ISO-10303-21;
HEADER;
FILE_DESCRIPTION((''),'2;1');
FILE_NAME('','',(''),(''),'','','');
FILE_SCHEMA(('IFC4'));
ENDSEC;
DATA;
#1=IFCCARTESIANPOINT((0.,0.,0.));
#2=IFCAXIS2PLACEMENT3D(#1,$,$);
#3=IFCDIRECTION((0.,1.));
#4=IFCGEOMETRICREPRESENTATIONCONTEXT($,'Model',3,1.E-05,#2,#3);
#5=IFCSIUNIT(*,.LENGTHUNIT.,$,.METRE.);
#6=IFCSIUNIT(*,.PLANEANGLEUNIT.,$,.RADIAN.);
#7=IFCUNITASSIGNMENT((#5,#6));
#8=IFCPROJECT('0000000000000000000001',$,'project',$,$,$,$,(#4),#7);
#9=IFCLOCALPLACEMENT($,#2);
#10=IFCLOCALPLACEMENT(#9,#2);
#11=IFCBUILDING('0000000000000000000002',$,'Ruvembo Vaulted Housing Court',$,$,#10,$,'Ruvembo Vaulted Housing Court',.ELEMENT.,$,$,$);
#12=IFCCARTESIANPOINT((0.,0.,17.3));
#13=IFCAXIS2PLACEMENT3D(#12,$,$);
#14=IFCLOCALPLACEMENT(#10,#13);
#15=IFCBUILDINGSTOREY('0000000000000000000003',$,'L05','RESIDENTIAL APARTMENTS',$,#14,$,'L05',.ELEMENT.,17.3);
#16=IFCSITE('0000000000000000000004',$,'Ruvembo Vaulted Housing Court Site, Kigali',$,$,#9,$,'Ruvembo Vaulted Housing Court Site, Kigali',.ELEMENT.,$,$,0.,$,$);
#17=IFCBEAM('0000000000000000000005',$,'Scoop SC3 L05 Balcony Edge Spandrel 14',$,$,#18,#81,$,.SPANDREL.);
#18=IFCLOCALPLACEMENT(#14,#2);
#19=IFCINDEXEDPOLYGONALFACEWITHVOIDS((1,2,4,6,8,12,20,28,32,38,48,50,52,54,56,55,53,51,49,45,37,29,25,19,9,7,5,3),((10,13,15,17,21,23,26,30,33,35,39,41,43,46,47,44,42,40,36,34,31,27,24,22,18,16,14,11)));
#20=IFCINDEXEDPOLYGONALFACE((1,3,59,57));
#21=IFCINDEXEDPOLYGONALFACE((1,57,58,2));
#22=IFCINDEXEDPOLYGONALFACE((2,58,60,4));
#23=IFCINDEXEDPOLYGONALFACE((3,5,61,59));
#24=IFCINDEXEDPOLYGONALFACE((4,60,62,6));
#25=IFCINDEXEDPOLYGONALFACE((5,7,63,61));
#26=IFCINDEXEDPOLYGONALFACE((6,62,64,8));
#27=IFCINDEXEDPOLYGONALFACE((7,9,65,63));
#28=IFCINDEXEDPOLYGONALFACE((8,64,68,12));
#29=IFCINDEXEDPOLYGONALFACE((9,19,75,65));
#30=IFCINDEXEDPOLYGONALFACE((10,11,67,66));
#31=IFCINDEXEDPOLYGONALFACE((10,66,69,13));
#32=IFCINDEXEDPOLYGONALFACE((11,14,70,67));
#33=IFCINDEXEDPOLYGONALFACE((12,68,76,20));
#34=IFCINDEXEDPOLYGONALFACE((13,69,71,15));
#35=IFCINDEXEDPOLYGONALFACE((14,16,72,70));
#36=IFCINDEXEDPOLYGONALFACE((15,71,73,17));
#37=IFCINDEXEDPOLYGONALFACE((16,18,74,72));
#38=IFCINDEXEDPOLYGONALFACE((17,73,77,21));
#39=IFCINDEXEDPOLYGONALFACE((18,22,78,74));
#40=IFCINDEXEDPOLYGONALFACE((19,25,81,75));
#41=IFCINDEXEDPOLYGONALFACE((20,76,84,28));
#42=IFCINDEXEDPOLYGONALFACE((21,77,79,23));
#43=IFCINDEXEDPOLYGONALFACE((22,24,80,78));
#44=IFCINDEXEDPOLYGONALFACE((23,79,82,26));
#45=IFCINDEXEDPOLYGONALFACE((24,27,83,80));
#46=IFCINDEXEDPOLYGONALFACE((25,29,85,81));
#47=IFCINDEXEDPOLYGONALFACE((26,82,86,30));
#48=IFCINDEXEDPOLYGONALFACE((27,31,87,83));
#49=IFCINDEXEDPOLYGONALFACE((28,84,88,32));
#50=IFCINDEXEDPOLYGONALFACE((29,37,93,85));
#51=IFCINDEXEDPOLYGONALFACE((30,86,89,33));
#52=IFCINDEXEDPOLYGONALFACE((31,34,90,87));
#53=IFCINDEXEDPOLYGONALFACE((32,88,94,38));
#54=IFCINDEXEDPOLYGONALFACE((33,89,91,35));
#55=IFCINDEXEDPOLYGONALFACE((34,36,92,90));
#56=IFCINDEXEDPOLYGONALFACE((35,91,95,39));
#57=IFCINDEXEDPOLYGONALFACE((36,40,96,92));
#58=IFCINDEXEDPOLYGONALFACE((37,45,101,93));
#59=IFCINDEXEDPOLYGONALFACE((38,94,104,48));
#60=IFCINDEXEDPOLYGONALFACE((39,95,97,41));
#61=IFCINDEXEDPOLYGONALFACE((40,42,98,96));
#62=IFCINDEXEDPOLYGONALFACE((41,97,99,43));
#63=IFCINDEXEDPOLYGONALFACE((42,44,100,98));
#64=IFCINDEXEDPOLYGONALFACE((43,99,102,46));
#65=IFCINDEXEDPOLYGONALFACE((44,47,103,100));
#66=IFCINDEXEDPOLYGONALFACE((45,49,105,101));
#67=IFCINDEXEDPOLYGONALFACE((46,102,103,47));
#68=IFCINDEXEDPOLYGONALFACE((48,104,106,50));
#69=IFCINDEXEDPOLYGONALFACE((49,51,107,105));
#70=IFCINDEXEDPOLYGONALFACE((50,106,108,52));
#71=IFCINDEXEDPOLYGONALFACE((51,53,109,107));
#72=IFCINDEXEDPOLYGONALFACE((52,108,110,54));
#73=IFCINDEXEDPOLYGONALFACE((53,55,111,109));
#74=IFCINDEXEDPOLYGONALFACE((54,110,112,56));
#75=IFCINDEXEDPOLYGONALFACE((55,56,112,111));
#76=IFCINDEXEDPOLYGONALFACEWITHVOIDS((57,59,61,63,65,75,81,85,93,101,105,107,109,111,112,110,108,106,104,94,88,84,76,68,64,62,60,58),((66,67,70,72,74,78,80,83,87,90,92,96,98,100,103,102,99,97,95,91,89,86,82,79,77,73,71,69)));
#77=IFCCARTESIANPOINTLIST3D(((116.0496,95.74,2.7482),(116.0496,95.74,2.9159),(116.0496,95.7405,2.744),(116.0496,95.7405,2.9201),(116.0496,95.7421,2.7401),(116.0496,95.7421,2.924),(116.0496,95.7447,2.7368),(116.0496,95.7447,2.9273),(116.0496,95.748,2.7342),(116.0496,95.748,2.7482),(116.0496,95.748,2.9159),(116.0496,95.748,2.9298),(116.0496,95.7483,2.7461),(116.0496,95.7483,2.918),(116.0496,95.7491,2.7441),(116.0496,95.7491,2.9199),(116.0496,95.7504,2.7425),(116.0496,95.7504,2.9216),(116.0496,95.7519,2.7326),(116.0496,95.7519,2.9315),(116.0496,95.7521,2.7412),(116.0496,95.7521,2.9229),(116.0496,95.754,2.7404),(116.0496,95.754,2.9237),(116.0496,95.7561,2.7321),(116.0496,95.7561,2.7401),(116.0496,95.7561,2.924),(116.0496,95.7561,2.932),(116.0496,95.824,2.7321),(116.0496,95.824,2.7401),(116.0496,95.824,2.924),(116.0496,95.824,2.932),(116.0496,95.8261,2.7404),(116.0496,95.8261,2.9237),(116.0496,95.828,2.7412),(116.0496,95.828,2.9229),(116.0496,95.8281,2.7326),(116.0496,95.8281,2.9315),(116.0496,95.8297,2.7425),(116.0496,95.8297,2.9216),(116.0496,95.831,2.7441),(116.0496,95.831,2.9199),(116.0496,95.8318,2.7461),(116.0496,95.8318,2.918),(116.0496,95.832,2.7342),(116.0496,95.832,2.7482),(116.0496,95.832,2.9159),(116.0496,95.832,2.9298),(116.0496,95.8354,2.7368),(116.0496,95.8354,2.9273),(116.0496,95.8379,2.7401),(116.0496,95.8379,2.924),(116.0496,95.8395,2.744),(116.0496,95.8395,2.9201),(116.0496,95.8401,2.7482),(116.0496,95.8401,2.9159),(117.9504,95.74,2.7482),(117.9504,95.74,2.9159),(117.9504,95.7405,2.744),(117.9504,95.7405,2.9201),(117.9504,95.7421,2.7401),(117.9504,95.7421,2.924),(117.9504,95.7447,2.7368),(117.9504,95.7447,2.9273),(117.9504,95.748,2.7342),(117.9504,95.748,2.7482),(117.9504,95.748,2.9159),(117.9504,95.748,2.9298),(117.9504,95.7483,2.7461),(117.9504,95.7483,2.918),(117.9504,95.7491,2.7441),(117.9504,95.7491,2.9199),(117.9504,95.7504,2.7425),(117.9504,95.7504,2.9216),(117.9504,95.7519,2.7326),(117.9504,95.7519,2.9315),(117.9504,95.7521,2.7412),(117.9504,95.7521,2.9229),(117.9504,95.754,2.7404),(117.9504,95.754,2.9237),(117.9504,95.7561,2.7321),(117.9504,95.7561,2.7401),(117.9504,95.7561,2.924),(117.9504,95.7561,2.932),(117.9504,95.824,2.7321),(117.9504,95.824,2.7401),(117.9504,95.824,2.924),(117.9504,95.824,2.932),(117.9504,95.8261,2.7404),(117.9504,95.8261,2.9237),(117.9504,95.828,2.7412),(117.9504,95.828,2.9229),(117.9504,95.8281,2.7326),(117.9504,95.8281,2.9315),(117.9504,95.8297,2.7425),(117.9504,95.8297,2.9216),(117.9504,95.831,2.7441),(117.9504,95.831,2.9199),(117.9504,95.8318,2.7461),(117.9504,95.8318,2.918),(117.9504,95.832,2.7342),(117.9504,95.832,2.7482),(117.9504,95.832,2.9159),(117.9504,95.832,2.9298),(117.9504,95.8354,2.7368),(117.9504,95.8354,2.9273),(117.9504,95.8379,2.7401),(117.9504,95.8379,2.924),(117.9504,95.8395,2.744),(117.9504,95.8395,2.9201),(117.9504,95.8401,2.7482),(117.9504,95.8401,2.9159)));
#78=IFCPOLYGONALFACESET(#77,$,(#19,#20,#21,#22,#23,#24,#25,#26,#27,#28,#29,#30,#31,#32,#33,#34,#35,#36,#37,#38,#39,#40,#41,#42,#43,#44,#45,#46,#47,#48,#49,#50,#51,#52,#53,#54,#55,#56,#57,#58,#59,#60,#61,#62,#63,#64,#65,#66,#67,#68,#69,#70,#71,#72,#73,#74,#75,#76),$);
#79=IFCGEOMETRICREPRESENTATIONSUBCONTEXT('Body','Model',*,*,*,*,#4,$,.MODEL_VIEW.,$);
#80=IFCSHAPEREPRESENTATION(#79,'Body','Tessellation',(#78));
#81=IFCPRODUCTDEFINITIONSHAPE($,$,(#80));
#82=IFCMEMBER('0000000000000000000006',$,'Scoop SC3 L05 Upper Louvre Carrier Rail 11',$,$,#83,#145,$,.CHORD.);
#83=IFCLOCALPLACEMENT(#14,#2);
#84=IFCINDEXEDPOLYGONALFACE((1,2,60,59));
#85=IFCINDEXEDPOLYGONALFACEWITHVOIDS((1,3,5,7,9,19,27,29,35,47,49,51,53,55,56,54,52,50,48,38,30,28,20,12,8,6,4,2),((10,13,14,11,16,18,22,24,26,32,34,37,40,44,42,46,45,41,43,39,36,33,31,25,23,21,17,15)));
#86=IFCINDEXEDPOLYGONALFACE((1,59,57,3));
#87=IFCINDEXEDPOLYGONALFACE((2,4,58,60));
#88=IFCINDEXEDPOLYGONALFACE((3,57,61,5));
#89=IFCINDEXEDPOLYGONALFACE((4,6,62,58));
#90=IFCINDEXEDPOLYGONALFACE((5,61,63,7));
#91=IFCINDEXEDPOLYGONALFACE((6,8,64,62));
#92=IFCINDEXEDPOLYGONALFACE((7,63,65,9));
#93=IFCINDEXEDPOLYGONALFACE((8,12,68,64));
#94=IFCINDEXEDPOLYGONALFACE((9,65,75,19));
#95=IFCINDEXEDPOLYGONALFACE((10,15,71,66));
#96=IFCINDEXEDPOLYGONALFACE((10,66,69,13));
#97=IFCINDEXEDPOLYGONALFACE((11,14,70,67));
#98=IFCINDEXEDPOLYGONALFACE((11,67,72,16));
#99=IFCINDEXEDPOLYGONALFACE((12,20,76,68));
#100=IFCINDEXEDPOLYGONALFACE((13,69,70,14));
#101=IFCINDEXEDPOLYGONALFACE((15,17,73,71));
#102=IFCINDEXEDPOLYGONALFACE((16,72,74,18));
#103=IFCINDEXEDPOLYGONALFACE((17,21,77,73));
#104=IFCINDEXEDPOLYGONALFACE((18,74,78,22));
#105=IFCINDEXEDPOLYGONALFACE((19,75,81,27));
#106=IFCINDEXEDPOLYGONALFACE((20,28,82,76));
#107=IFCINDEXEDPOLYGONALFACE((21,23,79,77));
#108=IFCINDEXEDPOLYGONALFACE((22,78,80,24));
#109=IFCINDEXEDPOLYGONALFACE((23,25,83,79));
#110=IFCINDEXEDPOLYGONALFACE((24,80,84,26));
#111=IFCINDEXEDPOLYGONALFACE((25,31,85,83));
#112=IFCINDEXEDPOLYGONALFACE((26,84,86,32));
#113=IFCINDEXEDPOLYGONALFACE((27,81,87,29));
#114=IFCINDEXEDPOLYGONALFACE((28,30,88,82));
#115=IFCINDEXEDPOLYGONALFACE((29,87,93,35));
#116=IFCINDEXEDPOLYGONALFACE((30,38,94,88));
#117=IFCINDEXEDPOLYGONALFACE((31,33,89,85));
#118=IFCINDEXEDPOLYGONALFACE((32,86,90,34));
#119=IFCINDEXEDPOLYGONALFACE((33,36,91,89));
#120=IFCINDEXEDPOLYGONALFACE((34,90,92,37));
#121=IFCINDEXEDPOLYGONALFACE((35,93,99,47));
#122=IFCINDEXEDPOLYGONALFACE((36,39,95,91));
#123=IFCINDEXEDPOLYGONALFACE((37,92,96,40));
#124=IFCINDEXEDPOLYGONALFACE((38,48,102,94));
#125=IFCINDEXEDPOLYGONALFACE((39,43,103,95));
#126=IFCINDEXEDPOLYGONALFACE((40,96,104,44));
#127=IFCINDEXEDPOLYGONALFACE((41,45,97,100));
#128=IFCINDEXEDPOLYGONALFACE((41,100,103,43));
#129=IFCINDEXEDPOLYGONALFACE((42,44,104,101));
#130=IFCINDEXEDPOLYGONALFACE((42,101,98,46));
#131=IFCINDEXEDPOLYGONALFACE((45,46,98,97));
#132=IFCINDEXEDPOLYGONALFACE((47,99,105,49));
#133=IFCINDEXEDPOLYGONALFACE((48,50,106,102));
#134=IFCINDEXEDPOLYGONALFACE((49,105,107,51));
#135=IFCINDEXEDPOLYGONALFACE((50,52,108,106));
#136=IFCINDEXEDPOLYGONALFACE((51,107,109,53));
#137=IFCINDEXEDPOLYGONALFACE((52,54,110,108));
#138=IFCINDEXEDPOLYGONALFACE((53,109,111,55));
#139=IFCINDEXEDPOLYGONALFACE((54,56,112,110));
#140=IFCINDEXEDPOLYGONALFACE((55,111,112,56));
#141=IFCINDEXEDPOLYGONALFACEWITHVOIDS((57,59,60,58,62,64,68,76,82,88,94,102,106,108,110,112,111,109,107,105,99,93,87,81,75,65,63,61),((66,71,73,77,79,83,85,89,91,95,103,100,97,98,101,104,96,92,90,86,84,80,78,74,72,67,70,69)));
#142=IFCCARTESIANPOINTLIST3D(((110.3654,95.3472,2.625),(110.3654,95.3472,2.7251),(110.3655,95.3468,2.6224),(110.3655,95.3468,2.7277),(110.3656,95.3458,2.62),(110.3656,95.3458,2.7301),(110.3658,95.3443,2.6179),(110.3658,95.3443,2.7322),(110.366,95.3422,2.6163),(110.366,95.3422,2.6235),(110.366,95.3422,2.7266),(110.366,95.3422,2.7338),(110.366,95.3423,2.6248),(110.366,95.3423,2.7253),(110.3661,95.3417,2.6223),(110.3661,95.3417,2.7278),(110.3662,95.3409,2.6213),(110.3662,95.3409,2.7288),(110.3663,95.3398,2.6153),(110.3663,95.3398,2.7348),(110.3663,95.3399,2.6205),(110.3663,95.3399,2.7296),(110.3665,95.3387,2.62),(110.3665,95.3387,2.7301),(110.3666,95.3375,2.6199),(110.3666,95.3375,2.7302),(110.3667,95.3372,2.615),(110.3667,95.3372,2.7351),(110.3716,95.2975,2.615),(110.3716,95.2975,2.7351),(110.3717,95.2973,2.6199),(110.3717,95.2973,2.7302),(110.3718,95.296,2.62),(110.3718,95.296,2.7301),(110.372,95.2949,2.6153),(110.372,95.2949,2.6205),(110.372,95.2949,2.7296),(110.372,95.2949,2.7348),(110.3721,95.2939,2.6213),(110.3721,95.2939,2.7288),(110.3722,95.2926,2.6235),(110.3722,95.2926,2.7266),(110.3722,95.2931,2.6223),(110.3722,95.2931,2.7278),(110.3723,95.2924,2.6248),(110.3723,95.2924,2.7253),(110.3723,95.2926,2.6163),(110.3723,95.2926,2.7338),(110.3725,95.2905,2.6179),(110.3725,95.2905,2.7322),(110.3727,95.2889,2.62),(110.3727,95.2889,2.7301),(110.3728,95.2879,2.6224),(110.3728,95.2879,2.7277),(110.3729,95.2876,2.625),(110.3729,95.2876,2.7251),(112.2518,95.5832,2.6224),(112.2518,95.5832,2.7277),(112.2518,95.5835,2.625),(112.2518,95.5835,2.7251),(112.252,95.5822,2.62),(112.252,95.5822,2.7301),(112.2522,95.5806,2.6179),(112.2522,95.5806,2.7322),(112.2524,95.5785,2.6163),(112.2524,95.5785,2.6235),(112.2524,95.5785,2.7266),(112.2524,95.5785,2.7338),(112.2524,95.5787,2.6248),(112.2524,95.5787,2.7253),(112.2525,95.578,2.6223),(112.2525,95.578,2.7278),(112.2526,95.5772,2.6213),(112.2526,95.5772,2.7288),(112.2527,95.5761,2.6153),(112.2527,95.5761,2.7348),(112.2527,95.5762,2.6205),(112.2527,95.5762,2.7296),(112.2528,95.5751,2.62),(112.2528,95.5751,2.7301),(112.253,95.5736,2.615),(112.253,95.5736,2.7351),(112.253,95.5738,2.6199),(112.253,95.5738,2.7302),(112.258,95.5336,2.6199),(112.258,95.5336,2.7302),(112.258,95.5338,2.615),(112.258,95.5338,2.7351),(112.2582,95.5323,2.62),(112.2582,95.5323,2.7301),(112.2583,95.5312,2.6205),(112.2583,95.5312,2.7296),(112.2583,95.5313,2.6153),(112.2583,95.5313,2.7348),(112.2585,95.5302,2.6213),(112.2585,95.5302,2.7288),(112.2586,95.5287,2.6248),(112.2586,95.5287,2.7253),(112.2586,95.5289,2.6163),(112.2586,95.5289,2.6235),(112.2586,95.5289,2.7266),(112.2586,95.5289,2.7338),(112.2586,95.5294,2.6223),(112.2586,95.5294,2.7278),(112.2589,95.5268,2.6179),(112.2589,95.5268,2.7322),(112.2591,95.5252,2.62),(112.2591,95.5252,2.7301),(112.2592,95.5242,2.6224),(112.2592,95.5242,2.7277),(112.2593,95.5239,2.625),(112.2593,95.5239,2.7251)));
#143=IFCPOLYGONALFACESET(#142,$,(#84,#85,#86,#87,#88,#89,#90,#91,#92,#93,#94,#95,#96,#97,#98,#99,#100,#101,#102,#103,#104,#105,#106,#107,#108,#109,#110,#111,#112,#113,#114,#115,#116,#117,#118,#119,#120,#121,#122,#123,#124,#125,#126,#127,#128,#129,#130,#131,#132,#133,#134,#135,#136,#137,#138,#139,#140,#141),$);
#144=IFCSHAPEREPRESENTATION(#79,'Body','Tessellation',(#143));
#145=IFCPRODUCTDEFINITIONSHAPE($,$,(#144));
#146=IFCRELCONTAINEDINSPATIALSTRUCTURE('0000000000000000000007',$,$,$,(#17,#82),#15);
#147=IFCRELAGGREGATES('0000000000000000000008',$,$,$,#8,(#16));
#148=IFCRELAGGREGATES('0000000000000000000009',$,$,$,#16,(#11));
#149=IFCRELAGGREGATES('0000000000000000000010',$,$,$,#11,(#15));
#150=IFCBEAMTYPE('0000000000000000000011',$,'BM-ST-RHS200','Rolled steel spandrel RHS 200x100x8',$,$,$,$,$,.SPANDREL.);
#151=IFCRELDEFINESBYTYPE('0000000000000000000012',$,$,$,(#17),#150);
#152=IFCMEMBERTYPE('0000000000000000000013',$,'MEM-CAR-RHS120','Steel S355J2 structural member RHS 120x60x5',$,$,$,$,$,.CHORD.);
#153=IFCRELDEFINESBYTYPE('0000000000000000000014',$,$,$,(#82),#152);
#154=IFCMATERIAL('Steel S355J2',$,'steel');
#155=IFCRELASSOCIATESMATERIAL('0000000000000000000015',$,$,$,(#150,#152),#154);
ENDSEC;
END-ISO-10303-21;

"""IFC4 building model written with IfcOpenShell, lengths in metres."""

from ifc_helpers import new_model, si_unit, direction, frame, origin, origin_2d, place, context, subcontext, project, spatial, hollow_rectangle, extrude, material, material_profile, profile_set, type_object, element, save


model = new_model("IFC4")

# Units and contexts
model_context = context("Model", 3, precision=1e-05, world=origin(), true_north=direction((0.0, 1.0)))
body_context = subcontext(model_context, "Body", "Model", "MODEL_VIEW")
ifc_project = project(units=[si_unit("LENGTHUNIT", "METRE"), si_unit("PLANEANGLEUNIT", "RADIAN")], contexts=[model_context])

# Site, building, storey
site_placement = place(None, origin())
site = spatial("IfcSite", under=ifc_project, at=site_placement, Name="Ruvembo Vaulted Housing Court Site, Kigali", LongName="Ruvembo Vaulted Housing Court Site, Kigali", CompositionType="ELEMENT", RefElevation=0.0)
building_placement = place(site_placement, origin())
building = spatial("IfcBuilding", under=site, at=building_placement, Name="Ruvembo Vaulted Housing Court", LongName="Ruvembo Vaulted Housing Court", CompositionType="ELEMENT")
storey_placement = place(building_placement, frame((0.0, 0.0, 17.3)))
storey = spatial("IfcBuildingStorey", under=building, at=storey_placement, Name="L05", Description="RESIDENTIAL APARTMENTS", LongName="L05", CompositionType="ELEMENT", Elevation=17.3)

# Beam
ifc_material_1 = material(Name="Steel S355J2", Category="steel")
ifc_material_profile_1 = material_profile(ifc_material_1, hollow_rectangle(XDim=0.1001, YDim=0.2, WallThickness=0.0081, InnerFilletRadius=0.0081, OuterFilletRadius=0.0161, at=origin_2d()), Name="RHS 200x100x8")
ifc_profile_set_1 = profile_set([ifc_material_profile_1], Name="Steel S355J2")
beam_type = type_object("IfcBeamType", Name="BM-ST-RHS200", Description="Rolled steel spandrel RHS 200x100x8", PredefinedType="SPANDREL", material=ifc_profile_set_1)
beam_placement = place(storey_placement, frame((116.0496, 95.79, 2.832), z_axis=(1.0, 0.0, 0.0), x_axis=(0.0, 1.0, 0.0)))
element("IfcBeam", 1, at=beam_placement, inside=storey, type_object=beam_type, Name="Scoop SC3 L05 Balcony Edge Spandrel 14", PredefinedType="SPANDREL", context=body_context, shape_type="SweptSolid", body=[
    extrude(hollow_rectangle(XDim=0.1001, YDim=0.2, WallThickness=0.0081, InnerFilletRadius=0.0081, OuterFilletRadius=0.0161, at=origin_2d()), origin(), (0.0, 0.0, 1.0), 1.9009),
])

# Member
ifc_material_profile_2 = material_profile(ifc_material_1, hollow_rectangle(XDim=0.0601, YDim=0.1201, WallThickness=0.0049, InnerFilletRadius=0.0049, OuterFilletRadius=0.01, at=origin_2d()), Name="RHS 120x60x5")
ifc_profile_set_2 = profile_set([ifc_material_profile_2], Name="Steel S355J2")
member_type_1 = type_object("IfcMemberType", Name="MEM-CAR-RHS120", Description="Steel S355J2 structural member RHS 120x60x5", PredefinedType="CHORD", material=ifc_profile_set_2)
for number, where, z_axis, x_axis, name in (
    (2, (110.3691, 95.3174, 2.675), (0.992244, 0.124303, 0.0), (-0.124303, 0.992244, 0.0), "Scoop SC3 L05 Upper Louvre Carrier Rail 11"),
):
    element("IfcMember", number, at=place(storey_placement, frame(where, z_axis=z_axis, x_axis=x_axis)), inside=storey, type_object=member_type_1, Name=name, PredefinedType="CHORD", context=body_context, shape_type="SweptSolid", body=[
        extrude(hollow_rectangle(XDim=0.0601, YDim=0.1201, WallThickness=0.0049, InnerFilletRadius=0.0049, OuterFilletRadius=0.01, at=origin_2d()), origin(), (0.0, 0.0, 1.0), 1.9011),
    ])

save(model, "model.ifc")
